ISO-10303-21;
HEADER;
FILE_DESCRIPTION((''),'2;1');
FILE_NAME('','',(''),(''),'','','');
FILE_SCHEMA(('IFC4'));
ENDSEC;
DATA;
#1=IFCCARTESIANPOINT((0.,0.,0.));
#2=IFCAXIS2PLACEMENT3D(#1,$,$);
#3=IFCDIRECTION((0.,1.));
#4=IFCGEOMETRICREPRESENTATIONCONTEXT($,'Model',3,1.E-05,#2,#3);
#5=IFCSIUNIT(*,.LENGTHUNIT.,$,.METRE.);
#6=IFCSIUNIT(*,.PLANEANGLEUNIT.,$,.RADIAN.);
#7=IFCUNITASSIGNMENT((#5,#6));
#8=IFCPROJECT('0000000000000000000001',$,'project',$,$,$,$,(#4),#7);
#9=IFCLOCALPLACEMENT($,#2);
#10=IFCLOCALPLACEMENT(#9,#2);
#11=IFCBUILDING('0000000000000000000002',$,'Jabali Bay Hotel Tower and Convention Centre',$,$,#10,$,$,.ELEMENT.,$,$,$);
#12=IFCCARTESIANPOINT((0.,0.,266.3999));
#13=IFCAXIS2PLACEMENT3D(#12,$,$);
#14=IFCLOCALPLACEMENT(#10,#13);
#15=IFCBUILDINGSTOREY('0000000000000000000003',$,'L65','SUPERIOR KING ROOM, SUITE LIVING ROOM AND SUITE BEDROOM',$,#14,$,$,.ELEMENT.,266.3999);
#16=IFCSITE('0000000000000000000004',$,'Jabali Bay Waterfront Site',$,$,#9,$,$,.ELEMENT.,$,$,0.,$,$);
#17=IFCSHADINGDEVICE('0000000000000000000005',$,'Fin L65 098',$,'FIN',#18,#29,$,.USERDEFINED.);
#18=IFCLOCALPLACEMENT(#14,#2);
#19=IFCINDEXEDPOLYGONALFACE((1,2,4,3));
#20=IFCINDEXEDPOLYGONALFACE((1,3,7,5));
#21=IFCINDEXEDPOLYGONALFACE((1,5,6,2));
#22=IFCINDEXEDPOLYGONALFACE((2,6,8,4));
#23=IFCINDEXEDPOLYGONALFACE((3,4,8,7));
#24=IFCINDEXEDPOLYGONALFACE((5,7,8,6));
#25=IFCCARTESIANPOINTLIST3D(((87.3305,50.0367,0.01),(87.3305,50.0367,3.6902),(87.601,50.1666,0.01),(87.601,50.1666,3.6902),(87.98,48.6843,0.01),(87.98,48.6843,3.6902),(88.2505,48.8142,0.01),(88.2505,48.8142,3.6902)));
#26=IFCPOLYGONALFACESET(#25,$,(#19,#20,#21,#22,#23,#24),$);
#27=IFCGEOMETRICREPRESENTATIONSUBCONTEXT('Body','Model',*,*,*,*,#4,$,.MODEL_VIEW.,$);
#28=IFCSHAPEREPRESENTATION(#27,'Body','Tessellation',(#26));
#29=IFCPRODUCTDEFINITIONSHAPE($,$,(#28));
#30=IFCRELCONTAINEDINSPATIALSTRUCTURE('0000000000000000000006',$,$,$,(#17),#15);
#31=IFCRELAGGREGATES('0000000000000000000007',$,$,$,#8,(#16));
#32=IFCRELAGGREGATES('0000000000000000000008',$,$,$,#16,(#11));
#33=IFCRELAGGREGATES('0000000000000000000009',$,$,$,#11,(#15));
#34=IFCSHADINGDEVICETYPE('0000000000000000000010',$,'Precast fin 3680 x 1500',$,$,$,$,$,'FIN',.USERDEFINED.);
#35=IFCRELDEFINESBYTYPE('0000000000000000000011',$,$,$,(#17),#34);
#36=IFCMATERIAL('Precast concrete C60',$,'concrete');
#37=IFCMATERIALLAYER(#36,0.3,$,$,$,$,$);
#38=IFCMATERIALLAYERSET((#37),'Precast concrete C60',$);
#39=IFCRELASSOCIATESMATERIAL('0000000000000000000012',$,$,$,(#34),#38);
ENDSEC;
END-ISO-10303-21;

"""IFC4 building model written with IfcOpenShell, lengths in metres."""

from ifc_helpers import new_model, si_unit, direction, frame, frame_2d, origin, place, context, subcontext, project, spatial, rectangle, extrude, material, layer, layer_set, type_object, element, save


model = new_model("IFC4")

# Units and contexts
model_context = context("Model", 3, precision=1e-05, world=origin(), true_north=direction((0.0, 1.0)))
body_context = subcontext(model_context, "Body", "Model", "MODEL_VIEW")
ifc_project = project(units=[si_unit("LENGTHUNIT", "METRE"), si_unit("PLANEANGLEUNIT", "RADIAN")], contexts=[model_context])

# Site, building, storey
site_placement = place(None, origin())
site = spatial("IfcSite", under=ifc_project, at=site_placement, Name="Jabali Bay Waterfront Site", CompositionType="ELEMENT", RefElevation=0.0)
building_placement = place(site_placement, origin())
building = spatial("IfcBuilding", under=site, at=building_placement, Name="Jabali Bay Hotel Tower and Convention Centre", CompositionType="ELEMENT")
storey_placement = place(building_placement, frame((0.0, 0.0, 266.3999)))
storey = spatial("IfcBuildingStorey", under=building, at=storey_placement, Name="L65", Description="SUPERIOR KING ROOM, SUITE LIVING ROOM AND SUITE BEDROOM", CompositionType="ELEMENT", Elevation=266.3999)

# Shading device
ifc_material_1 = material(Name="Precast concrete C60", Category="concrete")
ifc_layer_1 = layer(ifc_material_1, 0.3)
ifc_layer_set_1 = layer_set([ifc_layer_1], Name="Precast concrete C60")
shading_device_type_1 = type_object("IfcShadingDeviceType", Name="Precast fin 3680 x 1500", ElementType="FIN", PredefinedType="USERDEFINED", material=ifc_layer_set_1)
shading_device_placement = place(storey_placement, frame((87.4658, 50.1016, 0.01), z_axis=(0.0, 0.0, 1.0), x_axis=(0.4329, -0.901442, 0.0)))
element("IfcShadingDevice", 1, at=shading_device_placement, inside=storey, type_object=shading_device_type_1, Name="Fin L65 098", ObjectType="FIN", PredefinedType="USERDEFINED", context=body_context, shape_type="SweptSolid", body=[
    extrude(rectangle(XDim=1.5002, YDim=0.3, at=frame_2d((0.75, 0.0))), origin(), (0.0, 0.0, 1.0), 3.6802),
])

save(model, "model.ifc")
